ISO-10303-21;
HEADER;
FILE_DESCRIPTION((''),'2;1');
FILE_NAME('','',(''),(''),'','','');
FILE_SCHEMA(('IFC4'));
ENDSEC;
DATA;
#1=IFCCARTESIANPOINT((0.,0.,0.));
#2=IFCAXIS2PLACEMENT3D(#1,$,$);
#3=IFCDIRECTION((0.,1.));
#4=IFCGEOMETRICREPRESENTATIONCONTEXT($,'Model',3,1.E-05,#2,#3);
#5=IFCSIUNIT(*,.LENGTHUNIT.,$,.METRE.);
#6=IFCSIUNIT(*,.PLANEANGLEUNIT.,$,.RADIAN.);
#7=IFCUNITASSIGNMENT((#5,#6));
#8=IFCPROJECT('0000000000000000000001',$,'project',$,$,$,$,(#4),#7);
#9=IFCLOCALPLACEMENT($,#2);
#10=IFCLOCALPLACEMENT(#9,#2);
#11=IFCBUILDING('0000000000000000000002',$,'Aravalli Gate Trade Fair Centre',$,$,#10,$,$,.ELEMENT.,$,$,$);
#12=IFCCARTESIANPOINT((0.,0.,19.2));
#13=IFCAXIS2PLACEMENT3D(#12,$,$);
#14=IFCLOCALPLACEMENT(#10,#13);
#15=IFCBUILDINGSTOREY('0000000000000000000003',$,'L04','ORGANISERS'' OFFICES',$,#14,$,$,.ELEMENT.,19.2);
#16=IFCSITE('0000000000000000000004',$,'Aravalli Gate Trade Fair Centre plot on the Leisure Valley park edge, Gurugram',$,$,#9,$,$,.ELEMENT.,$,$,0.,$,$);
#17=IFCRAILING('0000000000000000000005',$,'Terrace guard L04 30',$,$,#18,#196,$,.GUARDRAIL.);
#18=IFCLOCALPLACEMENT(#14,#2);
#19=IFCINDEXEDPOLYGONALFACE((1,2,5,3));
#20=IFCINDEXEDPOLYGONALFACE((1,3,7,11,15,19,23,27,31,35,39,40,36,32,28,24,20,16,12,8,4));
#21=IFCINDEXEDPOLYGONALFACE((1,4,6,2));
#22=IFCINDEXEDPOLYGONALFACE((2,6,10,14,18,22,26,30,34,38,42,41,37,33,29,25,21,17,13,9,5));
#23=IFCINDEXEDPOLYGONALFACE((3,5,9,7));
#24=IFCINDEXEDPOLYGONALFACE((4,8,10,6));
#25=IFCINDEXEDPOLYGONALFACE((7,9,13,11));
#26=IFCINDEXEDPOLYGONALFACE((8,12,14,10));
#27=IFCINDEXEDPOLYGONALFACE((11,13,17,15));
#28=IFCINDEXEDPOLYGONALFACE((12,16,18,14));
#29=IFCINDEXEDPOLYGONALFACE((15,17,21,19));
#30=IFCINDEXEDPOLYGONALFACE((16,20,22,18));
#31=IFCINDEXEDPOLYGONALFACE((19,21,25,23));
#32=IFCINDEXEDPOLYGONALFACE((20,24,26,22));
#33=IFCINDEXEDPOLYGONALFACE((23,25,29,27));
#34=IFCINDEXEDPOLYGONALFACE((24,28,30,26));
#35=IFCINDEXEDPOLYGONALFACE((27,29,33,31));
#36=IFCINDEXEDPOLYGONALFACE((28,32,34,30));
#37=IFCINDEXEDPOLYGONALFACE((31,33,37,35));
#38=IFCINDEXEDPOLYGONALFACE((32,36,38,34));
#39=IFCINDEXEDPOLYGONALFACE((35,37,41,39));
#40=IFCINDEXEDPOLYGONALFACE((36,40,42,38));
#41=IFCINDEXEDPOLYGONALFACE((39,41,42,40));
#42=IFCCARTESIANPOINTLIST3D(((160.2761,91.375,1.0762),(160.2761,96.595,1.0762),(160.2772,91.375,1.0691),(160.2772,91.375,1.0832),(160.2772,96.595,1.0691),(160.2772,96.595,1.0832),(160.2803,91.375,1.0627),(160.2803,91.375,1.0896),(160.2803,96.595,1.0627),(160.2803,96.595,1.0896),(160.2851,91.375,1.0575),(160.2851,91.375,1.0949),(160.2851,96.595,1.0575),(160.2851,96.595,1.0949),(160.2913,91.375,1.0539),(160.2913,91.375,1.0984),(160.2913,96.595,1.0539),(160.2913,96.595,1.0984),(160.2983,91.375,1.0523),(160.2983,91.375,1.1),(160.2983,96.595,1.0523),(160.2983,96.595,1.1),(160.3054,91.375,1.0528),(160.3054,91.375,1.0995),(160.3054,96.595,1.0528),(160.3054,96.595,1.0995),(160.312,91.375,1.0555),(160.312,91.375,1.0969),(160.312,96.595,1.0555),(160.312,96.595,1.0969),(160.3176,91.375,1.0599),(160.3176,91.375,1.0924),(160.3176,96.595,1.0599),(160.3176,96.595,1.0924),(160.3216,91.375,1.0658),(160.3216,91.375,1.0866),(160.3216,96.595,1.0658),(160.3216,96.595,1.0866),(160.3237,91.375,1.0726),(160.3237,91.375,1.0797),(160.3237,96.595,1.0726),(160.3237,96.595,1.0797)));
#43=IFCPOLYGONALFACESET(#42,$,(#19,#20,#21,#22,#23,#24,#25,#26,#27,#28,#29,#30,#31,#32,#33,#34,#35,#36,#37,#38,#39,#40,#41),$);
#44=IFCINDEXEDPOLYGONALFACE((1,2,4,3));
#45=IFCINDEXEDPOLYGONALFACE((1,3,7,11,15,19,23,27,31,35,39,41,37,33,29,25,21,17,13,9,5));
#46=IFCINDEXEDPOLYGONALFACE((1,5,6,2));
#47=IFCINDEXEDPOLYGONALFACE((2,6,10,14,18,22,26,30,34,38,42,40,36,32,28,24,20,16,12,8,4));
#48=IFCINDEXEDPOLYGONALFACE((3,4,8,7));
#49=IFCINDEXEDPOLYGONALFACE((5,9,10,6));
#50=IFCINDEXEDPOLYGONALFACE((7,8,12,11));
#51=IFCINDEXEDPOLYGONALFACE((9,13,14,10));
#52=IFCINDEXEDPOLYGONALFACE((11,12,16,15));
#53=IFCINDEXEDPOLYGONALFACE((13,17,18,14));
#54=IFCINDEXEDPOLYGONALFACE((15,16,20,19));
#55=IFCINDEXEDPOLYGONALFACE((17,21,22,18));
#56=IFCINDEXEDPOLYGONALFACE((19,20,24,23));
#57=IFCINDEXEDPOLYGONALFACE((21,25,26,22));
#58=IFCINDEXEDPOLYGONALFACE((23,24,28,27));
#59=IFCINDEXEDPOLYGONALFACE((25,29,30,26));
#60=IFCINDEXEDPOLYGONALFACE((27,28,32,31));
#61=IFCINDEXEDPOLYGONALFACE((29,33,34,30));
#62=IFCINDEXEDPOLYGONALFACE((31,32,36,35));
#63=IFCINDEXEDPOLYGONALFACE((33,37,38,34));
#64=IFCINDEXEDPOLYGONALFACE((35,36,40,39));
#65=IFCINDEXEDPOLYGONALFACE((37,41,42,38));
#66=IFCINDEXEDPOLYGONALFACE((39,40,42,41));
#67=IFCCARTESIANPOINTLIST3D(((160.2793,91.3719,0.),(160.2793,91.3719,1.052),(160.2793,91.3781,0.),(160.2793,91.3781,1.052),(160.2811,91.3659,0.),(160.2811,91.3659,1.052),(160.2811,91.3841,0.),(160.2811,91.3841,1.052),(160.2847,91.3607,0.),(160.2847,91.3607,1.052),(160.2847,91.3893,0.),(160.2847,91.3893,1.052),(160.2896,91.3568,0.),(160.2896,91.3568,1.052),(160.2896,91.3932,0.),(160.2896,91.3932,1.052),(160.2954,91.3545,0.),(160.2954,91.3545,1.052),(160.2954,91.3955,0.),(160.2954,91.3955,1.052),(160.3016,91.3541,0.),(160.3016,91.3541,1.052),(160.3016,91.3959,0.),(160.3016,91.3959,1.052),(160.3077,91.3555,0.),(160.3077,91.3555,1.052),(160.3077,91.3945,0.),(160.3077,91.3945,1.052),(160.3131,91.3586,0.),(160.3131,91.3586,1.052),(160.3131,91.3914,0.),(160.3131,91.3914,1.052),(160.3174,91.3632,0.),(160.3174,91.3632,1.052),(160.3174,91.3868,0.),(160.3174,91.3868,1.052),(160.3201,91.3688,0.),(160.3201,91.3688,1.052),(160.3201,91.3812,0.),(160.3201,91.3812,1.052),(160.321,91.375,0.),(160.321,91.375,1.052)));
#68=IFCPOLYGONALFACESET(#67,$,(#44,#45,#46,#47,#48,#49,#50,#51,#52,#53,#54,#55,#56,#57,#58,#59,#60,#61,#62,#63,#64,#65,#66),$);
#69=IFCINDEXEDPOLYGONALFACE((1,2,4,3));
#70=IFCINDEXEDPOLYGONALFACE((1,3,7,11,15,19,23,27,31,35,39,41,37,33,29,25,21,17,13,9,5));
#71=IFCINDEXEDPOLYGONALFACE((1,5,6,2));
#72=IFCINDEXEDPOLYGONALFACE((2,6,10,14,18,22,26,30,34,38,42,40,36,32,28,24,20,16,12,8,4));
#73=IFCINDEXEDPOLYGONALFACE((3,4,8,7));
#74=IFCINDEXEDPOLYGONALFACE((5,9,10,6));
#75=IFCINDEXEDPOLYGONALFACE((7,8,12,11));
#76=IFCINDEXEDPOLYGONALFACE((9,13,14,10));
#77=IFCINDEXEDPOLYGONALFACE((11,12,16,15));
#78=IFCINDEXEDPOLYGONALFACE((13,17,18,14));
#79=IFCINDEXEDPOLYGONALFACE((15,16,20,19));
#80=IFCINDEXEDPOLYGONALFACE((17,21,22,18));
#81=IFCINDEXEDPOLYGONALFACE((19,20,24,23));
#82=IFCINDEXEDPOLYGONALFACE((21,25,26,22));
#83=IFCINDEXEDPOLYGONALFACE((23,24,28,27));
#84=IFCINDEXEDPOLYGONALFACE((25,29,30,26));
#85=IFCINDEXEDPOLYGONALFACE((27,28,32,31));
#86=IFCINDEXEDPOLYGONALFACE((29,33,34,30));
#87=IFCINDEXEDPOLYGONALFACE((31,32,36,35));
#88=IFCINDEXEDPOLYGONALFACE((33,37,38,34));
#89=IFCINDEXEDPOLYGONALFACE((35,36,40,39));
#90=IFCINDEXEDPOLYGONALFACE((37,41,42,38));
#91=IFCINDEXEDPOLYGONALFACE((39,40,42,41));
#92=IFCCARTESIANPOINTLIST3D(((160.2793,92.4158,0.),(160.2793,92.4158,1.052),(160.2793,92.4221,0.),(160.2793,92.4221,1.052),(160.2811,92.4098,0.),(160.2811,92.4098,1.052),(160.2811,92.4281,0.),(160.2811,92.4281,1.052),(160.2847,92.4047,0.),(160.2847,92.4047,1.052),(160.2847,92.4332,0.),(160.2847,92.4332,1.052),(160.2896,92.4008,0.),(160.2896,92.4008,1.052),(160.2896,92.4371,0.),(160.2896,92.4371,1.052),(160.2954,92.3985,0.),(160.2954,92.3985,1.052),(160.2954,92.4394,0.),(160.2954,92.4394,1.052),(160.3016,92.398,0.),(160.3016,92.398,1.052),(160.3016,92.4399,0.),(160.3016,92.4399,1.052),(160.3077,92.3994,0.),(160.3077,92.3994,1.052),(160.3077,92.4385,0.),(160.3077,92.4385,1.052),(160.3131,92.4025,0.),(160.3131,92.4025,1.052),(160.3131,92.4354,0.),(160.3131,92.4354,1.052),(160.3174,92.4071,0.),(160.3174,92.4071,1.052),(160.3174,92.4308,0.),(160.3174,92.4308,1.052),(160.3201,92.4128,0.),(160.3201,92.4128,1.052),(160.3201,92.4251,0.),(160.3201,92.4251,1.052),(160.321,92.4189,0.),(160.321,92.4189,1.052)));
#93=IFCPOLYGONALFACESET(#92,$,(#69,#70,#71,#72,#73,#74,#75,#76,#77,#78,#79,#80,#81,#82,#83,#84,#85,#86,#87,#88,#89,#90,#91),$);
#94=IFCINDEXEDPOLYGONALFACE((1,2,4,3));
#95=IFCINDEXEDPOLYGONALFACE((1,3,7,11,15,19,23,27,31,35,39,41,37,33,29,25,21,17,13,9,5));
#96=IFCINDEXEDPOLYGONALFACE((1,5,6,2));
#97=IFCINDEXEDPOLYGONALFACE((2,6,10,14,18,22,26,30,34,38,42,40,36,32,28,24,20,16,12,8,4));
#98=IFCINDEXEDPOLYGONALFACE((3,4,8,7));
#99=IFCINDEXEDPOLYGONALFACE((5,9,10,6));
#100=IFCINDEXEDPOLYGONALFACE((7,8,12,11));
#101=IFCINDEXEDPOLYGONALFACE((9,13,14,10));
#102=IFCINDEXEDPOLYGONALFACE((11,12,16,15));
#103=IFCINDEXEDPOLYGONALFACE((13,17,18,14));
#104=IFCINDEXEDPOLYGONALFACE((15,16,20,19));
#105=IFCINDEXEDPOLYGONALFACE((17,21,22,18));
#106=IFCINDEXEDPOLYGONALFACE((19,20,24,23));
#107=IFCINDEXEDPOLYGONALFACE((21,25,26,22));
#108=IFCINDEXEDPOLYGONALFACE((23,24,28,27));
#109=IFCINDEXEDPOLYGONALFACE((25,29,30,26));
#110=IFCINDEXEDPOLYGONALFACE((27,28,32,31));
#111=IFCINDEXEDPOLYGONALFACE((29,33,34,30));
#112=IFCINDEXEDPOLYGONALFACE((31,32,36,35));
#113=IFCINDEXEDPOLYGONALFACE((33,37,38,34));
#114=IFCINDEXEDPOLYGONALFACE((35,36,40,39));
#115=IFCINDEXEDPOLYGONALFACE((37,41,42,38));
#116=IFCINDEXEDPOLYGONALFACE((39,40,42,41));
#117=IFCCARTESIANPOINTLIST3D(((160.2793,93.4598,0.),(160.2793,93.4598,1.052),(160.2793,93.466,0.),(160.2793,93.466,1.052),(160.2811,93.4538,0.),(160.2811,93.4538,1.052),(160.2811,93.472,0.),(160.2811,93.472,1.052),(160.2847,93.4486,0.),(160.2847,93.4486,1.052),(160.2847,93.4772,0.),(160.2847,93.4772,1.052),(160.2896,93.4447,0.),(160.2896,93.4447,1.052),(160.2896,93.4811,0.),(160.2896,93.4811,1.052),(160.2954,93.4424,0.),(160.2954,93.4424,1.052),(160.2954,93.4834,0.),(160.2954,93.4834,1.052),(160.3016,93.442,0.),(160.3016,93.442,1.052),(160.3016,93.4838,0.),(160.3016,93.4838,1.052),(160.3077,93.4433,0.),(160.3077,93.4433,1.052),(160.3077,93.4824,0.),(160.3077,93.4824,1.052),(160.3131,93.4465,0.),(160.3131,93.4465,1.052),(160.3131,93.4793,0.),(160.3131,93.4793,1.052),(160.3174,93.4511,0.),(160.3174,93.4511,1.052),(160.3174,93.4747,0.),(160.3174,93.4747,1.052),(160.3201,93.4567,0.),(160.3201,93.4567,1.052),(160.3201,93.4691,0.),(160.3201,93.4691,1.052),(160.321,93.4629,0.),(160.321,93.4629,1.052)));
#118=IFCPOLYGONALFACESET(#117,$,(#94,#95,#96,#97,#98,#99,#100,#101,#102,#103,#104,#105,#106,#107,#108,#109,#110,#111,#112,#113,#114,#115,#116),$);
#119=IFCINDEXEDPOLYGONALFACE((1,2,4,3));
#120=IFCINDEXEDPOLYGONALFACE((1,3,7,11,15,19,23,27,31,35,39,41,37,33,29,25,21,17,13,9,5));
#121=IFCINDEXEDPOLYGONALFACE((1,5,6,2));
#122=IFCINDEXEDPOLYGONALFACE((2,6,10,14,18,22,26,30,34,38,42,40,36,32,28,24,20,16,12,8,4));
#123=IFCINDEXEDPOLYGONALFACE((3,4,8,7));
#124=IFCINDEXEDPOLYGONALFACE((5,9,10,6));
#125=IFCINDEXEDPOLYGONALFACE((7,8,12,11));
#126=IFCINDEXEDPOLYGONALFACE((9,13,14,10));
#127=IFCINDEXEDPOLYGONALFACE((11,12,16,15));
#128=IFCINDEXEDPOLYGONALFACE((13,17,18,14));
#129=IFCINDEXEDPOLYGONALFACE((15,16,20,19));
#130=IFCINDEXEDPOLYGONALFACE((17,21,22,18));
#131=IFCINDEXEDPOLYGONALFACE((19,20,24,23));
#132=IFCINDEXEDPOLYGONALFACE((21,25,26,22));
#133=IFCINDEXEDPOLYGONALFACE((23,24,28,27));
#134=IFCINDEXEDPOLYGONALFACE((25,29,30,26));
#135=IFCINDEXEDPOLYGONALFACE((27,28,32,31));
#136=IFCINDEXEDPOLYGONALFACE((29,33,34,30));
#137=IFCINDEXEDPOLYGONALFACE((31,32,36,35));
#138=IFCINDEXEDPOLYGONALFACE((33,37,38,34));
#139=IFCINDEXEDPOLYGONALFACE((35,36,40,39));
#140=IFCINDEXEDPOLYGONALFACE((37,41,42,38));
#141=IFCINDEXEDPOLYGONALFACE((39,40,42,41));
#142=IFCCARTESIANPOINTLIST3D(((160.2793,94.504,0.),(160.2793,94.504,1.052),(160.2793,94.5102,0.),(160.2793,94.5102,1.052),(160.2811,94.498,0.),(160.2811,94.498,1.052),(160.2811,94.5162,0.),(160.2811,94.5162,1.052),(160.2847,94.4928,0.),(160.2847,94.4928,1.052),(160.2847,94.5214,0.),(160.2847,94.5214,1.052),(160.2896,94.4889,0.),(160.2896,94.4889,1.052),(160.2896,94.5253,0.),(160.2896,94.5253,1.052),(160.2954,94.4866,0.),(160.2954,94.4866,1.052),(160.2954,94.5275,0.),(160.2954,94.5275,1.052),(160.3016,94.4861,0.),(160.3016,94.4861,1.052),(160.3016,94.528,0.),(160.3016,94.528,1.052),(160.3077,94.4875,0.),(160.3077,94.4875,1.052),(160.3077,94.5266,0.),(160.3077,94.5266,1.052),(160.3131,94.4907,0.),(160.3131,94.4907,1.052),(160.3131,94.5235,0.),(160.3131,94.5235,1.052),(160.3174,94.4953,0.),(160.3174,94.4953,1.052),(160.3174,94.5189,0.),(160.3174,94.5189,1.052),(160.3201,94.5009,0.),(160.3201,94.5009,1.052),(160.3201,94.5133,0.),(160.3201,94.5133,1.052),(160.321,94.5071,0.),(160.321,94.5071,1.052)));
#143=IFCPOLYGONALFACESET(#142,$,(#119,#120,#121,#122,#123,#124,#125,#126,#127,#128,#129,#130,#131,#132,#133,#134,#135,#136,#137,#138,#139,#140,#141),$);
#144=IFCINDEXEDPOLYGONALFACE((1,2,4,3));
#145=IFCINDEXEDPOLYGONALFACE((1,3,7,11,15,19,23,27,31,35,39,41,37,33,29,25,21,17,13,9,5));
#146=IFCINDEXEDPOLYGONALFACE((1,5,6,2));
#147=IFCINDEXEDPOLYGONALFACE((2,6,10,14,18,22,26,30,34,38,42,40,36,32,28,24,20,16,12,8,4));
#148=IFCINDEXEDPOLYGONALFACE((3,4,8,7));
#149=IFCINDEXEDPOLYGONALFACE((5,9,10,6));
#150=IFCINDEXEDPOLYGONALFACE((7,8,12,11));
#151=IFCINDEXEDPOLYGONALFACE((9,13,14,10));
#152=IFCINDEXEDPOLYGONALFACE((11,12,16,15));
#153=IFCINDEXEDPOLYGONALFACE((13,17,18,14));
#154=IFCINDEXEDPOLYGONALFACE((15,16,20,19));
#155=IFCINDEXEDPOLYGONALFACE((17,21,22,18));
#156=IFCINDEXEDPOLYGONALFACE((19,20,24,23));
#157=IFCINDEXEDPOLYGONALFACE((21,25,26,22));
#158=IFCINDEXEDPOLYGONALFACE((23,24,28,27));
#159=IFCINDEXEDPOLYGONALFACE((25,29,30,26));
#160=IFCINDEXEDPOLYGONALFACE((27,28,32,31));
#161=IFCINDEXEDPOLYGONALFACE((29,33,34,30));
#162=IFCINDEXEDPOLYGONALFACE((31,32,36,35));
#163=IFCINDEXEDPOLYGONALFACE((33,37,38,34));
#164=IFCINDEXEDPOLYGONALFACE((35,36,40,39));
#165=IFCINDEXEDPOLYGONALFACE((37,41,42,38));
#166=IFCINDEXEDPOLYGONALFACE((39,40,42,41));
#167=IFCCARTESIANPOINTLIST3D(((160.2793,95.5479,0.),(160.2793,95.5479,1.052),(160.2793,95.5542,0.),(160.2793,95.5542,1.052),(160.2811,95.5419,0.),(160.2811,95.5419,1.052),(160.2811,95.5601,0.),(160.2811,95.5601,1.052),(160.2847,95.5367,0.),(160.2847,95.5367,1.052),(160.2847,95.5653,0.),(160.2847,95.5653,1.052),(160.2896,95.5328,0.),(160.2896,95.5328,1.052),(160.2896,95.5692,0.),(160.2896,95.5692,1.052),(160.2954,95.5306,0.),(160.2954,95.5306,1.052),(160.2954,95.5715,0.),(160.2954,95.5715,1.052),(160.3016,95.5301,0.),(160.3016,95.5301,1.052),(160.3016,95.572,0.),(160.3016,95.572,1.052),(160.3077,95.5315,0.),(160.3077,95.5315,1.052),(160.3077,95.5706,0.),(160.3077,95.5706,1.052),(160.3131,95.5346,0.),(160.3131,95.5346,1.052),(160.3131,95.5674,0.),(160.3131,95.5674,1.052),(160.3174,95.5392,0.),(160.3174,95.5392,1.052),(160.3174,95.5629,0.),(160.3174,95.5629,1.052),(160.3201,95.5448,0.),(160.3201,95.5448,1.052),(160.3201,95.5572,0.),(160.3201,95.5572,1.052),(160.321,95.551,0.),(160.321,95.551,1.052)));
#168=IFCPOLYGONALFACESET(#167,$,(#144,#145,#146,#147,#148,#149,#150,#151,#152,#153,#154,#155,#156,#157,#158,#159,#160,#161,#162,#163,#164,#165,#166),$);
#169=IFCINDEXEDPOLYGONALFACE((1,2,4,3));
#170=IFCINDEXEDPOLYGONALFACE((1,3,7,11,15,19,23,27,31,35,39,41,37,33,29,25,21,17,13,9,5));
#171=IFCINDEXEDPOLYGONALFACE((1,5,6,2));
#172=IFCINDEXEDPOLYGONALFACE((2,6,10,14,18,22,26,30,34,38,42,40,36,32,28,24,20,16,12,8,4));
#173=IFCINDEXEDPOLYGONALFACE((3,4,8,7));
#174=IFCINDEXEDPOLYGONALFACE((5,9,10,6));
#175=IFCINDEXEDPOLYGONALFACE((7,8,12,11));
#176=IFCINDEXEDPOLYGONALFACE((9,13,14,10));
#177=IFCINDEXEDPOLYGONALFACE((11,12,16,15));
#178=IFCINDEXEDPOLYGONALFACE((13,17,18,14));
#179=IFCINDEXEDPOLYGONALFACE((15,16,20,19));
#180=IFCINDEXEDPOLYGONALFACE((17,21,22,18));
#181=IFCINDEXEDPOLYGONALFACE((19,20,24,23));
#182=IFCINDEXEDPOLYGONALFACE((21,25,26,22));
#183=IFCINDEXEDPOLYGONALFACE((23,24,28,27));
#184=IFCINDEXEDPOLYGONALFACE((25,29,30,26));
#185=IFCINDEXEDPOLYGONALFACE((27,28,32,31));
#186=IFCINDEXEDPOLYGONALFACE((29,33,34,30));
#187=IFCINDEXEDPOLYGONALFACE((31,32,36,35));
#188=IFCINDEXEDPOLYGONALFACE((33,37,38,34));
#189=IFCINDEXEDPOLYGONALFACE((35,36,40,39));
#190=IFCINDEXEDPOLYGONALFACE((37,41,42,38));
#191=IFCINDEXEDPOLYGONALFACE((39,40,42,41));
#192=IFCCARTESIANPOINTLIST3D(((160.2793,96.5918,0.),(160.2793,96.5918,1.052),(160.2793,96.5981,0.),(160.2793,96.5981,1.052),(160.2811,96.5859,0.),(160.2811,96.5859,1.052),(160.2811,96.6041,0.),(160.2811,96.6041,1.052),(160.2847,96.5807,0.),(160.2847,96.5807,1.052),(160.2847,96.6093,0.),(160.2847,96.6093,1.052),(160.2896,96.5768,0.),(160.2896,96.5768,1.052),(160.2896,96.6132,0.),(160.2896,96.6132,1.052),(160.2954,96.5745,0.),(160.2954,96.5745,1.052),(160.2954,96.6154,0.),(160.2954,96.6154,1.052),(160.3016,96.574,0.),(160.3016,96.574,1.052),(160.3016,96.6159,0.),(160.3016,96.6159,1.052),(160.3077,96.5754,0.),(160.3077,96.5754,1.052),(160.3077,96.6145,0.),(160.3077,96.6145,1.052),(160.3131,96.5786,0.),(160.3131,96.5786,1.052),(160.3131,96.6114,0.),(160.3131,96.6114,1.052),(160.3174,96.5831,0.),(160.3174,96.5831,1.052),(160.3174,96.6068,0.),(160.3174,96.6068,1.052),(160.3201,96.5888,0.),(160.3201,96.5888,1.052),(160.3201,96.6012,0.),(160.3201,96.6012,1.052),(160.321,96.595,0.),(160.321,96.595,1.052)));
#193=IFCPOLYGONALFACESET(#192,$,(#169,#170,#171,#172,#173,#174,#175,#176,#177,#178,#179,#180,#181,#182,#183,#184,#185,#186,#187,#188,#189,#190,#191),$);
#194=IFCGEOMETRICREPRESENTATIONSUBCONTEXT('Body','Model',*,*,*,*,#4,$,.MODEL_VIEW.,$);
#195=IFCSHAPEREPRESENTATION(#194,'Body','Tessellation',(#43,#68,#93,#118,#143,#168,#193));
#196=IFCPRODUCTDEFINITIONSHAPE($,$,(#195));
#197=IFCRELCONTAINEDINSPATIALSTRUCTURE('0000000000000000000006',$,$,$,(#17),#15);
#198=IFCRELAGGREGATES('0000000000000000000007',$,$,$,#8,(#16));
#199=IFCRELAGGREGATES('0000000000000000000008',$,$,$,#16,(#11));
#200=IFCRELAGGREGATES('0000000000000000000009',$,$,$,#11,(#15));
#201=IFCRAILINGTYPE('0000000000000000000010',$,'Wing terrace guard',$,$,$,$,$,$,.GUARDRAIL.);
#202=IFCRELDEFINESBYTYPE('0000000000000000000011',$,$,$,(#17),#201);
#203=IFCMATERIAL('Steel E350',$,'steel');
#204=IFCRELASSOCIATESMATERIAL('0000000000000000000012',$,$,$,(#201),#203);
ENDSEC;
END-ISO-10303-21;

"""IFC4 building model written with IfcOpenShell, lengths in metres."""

from ifc_helpers import new_model, si_unit, direction, frame, origin, origin_2d, place, context, subcontext, project, spatial, circle, extrude, material, type_object, element, save


model = new_model("IFC4")

# Units and contexts
model_context = context("Model", 3, precision=1e-05, world=origin(), true_north=direction((0.0, 1.0)))
body_context = subcontext(model_context, "Body", "Model", "MODEL_VIEW")
ifc_project = project(units=[si_unit("LENGTHUNIT", "METRE"), si_unit("PLANEANGLEUNIT", "RADIAN")], contexts=[model_context])

# Site, building, storey
site_placement = place(None, origin())
site = spatial("IfcSite", under=ifc_project, at=site_placement, Name="Aravalli Gate Trade Fair Centre plot on the Leisure Valley park edge, Gurugram", CompositionType="ELEMENT", RefElevation=0.0)
building_placement = place(site_placement, origin())
building = spatial("IfcBuilding", under=site, at=building_placement, Name="Aravalli Gate Trade Fair Centre", CompositionType="ELEMENT")
storey_placement = place(building_placement, frame((0.0, 0.0, 19.2)))
storey = spatial("IfcBuildingStorey", under=building, at=storey_placement, Name="L04", Description="ORGANISERS' OFFICES", CompositionType="ELEMENT", Elevation=19.2)

# Railing
ifc_material_1 = material(Name="Steel E350", Category="steel")
railing_type = type_object("IfcRailingType", Name="Wing terrace guard", PredefinedType="GUARDRAIL", material=ifc_material_1)
railing_1_placement = place(storey_placement, frame((160.3, 91.375, 0.0)))
element("IfcRailing", 1, at=railing_1_placement, inside=storey, type_object=railing_type, Name="Terrace guard L04 30", PredefinedType="GUARDRAIL", context=body_context, shape_type="SweptSolid", body=[
    extrude(circle(Radius=0.0239, at=origin_2d()), frame((0.0, 0.0, 1.0762), z_axis=(0.0, 1.0, 0.0), x_axis=(-1.0, 0.0, 0.0)), (0.0, 0.0, 1.0), 5.22),
    extrude(circle(Radius=0.021, at=origin_2d()), origin(), (0.0, 0.0, 1.0), 1.052),
    extrude(circle(Radius=0.021, at=origin_2d()), frame((0.0, 1.0439, 0.0)), (0.0, 0.0, 1.0), 1.052),
    extrude(circle(Radius=0.021, at=origin_2d()), frame((0.0, 2.0879, 0.0)), (0.0, 0.0, 1.0), 1.052),
    extrude(circle(Radius=0.021, at=origin_2d()), frame((0.0, 3.1321, 0.0)), (0.0, 0.0, 1.0), 1.052),
    extrude(circle(Radius=0.021, at=origin_2d()), frame((0.0, 4.176, 0.0)), (0.0, 0.0, 1.0), 1.052),
    extrude(circle(Radius=0.021, at=origin_2d()), frame((0.0, 5.22, 0.0)), (0.0, 0.0, 1.0), 1.052),
])

save(model, "model.ifc")
